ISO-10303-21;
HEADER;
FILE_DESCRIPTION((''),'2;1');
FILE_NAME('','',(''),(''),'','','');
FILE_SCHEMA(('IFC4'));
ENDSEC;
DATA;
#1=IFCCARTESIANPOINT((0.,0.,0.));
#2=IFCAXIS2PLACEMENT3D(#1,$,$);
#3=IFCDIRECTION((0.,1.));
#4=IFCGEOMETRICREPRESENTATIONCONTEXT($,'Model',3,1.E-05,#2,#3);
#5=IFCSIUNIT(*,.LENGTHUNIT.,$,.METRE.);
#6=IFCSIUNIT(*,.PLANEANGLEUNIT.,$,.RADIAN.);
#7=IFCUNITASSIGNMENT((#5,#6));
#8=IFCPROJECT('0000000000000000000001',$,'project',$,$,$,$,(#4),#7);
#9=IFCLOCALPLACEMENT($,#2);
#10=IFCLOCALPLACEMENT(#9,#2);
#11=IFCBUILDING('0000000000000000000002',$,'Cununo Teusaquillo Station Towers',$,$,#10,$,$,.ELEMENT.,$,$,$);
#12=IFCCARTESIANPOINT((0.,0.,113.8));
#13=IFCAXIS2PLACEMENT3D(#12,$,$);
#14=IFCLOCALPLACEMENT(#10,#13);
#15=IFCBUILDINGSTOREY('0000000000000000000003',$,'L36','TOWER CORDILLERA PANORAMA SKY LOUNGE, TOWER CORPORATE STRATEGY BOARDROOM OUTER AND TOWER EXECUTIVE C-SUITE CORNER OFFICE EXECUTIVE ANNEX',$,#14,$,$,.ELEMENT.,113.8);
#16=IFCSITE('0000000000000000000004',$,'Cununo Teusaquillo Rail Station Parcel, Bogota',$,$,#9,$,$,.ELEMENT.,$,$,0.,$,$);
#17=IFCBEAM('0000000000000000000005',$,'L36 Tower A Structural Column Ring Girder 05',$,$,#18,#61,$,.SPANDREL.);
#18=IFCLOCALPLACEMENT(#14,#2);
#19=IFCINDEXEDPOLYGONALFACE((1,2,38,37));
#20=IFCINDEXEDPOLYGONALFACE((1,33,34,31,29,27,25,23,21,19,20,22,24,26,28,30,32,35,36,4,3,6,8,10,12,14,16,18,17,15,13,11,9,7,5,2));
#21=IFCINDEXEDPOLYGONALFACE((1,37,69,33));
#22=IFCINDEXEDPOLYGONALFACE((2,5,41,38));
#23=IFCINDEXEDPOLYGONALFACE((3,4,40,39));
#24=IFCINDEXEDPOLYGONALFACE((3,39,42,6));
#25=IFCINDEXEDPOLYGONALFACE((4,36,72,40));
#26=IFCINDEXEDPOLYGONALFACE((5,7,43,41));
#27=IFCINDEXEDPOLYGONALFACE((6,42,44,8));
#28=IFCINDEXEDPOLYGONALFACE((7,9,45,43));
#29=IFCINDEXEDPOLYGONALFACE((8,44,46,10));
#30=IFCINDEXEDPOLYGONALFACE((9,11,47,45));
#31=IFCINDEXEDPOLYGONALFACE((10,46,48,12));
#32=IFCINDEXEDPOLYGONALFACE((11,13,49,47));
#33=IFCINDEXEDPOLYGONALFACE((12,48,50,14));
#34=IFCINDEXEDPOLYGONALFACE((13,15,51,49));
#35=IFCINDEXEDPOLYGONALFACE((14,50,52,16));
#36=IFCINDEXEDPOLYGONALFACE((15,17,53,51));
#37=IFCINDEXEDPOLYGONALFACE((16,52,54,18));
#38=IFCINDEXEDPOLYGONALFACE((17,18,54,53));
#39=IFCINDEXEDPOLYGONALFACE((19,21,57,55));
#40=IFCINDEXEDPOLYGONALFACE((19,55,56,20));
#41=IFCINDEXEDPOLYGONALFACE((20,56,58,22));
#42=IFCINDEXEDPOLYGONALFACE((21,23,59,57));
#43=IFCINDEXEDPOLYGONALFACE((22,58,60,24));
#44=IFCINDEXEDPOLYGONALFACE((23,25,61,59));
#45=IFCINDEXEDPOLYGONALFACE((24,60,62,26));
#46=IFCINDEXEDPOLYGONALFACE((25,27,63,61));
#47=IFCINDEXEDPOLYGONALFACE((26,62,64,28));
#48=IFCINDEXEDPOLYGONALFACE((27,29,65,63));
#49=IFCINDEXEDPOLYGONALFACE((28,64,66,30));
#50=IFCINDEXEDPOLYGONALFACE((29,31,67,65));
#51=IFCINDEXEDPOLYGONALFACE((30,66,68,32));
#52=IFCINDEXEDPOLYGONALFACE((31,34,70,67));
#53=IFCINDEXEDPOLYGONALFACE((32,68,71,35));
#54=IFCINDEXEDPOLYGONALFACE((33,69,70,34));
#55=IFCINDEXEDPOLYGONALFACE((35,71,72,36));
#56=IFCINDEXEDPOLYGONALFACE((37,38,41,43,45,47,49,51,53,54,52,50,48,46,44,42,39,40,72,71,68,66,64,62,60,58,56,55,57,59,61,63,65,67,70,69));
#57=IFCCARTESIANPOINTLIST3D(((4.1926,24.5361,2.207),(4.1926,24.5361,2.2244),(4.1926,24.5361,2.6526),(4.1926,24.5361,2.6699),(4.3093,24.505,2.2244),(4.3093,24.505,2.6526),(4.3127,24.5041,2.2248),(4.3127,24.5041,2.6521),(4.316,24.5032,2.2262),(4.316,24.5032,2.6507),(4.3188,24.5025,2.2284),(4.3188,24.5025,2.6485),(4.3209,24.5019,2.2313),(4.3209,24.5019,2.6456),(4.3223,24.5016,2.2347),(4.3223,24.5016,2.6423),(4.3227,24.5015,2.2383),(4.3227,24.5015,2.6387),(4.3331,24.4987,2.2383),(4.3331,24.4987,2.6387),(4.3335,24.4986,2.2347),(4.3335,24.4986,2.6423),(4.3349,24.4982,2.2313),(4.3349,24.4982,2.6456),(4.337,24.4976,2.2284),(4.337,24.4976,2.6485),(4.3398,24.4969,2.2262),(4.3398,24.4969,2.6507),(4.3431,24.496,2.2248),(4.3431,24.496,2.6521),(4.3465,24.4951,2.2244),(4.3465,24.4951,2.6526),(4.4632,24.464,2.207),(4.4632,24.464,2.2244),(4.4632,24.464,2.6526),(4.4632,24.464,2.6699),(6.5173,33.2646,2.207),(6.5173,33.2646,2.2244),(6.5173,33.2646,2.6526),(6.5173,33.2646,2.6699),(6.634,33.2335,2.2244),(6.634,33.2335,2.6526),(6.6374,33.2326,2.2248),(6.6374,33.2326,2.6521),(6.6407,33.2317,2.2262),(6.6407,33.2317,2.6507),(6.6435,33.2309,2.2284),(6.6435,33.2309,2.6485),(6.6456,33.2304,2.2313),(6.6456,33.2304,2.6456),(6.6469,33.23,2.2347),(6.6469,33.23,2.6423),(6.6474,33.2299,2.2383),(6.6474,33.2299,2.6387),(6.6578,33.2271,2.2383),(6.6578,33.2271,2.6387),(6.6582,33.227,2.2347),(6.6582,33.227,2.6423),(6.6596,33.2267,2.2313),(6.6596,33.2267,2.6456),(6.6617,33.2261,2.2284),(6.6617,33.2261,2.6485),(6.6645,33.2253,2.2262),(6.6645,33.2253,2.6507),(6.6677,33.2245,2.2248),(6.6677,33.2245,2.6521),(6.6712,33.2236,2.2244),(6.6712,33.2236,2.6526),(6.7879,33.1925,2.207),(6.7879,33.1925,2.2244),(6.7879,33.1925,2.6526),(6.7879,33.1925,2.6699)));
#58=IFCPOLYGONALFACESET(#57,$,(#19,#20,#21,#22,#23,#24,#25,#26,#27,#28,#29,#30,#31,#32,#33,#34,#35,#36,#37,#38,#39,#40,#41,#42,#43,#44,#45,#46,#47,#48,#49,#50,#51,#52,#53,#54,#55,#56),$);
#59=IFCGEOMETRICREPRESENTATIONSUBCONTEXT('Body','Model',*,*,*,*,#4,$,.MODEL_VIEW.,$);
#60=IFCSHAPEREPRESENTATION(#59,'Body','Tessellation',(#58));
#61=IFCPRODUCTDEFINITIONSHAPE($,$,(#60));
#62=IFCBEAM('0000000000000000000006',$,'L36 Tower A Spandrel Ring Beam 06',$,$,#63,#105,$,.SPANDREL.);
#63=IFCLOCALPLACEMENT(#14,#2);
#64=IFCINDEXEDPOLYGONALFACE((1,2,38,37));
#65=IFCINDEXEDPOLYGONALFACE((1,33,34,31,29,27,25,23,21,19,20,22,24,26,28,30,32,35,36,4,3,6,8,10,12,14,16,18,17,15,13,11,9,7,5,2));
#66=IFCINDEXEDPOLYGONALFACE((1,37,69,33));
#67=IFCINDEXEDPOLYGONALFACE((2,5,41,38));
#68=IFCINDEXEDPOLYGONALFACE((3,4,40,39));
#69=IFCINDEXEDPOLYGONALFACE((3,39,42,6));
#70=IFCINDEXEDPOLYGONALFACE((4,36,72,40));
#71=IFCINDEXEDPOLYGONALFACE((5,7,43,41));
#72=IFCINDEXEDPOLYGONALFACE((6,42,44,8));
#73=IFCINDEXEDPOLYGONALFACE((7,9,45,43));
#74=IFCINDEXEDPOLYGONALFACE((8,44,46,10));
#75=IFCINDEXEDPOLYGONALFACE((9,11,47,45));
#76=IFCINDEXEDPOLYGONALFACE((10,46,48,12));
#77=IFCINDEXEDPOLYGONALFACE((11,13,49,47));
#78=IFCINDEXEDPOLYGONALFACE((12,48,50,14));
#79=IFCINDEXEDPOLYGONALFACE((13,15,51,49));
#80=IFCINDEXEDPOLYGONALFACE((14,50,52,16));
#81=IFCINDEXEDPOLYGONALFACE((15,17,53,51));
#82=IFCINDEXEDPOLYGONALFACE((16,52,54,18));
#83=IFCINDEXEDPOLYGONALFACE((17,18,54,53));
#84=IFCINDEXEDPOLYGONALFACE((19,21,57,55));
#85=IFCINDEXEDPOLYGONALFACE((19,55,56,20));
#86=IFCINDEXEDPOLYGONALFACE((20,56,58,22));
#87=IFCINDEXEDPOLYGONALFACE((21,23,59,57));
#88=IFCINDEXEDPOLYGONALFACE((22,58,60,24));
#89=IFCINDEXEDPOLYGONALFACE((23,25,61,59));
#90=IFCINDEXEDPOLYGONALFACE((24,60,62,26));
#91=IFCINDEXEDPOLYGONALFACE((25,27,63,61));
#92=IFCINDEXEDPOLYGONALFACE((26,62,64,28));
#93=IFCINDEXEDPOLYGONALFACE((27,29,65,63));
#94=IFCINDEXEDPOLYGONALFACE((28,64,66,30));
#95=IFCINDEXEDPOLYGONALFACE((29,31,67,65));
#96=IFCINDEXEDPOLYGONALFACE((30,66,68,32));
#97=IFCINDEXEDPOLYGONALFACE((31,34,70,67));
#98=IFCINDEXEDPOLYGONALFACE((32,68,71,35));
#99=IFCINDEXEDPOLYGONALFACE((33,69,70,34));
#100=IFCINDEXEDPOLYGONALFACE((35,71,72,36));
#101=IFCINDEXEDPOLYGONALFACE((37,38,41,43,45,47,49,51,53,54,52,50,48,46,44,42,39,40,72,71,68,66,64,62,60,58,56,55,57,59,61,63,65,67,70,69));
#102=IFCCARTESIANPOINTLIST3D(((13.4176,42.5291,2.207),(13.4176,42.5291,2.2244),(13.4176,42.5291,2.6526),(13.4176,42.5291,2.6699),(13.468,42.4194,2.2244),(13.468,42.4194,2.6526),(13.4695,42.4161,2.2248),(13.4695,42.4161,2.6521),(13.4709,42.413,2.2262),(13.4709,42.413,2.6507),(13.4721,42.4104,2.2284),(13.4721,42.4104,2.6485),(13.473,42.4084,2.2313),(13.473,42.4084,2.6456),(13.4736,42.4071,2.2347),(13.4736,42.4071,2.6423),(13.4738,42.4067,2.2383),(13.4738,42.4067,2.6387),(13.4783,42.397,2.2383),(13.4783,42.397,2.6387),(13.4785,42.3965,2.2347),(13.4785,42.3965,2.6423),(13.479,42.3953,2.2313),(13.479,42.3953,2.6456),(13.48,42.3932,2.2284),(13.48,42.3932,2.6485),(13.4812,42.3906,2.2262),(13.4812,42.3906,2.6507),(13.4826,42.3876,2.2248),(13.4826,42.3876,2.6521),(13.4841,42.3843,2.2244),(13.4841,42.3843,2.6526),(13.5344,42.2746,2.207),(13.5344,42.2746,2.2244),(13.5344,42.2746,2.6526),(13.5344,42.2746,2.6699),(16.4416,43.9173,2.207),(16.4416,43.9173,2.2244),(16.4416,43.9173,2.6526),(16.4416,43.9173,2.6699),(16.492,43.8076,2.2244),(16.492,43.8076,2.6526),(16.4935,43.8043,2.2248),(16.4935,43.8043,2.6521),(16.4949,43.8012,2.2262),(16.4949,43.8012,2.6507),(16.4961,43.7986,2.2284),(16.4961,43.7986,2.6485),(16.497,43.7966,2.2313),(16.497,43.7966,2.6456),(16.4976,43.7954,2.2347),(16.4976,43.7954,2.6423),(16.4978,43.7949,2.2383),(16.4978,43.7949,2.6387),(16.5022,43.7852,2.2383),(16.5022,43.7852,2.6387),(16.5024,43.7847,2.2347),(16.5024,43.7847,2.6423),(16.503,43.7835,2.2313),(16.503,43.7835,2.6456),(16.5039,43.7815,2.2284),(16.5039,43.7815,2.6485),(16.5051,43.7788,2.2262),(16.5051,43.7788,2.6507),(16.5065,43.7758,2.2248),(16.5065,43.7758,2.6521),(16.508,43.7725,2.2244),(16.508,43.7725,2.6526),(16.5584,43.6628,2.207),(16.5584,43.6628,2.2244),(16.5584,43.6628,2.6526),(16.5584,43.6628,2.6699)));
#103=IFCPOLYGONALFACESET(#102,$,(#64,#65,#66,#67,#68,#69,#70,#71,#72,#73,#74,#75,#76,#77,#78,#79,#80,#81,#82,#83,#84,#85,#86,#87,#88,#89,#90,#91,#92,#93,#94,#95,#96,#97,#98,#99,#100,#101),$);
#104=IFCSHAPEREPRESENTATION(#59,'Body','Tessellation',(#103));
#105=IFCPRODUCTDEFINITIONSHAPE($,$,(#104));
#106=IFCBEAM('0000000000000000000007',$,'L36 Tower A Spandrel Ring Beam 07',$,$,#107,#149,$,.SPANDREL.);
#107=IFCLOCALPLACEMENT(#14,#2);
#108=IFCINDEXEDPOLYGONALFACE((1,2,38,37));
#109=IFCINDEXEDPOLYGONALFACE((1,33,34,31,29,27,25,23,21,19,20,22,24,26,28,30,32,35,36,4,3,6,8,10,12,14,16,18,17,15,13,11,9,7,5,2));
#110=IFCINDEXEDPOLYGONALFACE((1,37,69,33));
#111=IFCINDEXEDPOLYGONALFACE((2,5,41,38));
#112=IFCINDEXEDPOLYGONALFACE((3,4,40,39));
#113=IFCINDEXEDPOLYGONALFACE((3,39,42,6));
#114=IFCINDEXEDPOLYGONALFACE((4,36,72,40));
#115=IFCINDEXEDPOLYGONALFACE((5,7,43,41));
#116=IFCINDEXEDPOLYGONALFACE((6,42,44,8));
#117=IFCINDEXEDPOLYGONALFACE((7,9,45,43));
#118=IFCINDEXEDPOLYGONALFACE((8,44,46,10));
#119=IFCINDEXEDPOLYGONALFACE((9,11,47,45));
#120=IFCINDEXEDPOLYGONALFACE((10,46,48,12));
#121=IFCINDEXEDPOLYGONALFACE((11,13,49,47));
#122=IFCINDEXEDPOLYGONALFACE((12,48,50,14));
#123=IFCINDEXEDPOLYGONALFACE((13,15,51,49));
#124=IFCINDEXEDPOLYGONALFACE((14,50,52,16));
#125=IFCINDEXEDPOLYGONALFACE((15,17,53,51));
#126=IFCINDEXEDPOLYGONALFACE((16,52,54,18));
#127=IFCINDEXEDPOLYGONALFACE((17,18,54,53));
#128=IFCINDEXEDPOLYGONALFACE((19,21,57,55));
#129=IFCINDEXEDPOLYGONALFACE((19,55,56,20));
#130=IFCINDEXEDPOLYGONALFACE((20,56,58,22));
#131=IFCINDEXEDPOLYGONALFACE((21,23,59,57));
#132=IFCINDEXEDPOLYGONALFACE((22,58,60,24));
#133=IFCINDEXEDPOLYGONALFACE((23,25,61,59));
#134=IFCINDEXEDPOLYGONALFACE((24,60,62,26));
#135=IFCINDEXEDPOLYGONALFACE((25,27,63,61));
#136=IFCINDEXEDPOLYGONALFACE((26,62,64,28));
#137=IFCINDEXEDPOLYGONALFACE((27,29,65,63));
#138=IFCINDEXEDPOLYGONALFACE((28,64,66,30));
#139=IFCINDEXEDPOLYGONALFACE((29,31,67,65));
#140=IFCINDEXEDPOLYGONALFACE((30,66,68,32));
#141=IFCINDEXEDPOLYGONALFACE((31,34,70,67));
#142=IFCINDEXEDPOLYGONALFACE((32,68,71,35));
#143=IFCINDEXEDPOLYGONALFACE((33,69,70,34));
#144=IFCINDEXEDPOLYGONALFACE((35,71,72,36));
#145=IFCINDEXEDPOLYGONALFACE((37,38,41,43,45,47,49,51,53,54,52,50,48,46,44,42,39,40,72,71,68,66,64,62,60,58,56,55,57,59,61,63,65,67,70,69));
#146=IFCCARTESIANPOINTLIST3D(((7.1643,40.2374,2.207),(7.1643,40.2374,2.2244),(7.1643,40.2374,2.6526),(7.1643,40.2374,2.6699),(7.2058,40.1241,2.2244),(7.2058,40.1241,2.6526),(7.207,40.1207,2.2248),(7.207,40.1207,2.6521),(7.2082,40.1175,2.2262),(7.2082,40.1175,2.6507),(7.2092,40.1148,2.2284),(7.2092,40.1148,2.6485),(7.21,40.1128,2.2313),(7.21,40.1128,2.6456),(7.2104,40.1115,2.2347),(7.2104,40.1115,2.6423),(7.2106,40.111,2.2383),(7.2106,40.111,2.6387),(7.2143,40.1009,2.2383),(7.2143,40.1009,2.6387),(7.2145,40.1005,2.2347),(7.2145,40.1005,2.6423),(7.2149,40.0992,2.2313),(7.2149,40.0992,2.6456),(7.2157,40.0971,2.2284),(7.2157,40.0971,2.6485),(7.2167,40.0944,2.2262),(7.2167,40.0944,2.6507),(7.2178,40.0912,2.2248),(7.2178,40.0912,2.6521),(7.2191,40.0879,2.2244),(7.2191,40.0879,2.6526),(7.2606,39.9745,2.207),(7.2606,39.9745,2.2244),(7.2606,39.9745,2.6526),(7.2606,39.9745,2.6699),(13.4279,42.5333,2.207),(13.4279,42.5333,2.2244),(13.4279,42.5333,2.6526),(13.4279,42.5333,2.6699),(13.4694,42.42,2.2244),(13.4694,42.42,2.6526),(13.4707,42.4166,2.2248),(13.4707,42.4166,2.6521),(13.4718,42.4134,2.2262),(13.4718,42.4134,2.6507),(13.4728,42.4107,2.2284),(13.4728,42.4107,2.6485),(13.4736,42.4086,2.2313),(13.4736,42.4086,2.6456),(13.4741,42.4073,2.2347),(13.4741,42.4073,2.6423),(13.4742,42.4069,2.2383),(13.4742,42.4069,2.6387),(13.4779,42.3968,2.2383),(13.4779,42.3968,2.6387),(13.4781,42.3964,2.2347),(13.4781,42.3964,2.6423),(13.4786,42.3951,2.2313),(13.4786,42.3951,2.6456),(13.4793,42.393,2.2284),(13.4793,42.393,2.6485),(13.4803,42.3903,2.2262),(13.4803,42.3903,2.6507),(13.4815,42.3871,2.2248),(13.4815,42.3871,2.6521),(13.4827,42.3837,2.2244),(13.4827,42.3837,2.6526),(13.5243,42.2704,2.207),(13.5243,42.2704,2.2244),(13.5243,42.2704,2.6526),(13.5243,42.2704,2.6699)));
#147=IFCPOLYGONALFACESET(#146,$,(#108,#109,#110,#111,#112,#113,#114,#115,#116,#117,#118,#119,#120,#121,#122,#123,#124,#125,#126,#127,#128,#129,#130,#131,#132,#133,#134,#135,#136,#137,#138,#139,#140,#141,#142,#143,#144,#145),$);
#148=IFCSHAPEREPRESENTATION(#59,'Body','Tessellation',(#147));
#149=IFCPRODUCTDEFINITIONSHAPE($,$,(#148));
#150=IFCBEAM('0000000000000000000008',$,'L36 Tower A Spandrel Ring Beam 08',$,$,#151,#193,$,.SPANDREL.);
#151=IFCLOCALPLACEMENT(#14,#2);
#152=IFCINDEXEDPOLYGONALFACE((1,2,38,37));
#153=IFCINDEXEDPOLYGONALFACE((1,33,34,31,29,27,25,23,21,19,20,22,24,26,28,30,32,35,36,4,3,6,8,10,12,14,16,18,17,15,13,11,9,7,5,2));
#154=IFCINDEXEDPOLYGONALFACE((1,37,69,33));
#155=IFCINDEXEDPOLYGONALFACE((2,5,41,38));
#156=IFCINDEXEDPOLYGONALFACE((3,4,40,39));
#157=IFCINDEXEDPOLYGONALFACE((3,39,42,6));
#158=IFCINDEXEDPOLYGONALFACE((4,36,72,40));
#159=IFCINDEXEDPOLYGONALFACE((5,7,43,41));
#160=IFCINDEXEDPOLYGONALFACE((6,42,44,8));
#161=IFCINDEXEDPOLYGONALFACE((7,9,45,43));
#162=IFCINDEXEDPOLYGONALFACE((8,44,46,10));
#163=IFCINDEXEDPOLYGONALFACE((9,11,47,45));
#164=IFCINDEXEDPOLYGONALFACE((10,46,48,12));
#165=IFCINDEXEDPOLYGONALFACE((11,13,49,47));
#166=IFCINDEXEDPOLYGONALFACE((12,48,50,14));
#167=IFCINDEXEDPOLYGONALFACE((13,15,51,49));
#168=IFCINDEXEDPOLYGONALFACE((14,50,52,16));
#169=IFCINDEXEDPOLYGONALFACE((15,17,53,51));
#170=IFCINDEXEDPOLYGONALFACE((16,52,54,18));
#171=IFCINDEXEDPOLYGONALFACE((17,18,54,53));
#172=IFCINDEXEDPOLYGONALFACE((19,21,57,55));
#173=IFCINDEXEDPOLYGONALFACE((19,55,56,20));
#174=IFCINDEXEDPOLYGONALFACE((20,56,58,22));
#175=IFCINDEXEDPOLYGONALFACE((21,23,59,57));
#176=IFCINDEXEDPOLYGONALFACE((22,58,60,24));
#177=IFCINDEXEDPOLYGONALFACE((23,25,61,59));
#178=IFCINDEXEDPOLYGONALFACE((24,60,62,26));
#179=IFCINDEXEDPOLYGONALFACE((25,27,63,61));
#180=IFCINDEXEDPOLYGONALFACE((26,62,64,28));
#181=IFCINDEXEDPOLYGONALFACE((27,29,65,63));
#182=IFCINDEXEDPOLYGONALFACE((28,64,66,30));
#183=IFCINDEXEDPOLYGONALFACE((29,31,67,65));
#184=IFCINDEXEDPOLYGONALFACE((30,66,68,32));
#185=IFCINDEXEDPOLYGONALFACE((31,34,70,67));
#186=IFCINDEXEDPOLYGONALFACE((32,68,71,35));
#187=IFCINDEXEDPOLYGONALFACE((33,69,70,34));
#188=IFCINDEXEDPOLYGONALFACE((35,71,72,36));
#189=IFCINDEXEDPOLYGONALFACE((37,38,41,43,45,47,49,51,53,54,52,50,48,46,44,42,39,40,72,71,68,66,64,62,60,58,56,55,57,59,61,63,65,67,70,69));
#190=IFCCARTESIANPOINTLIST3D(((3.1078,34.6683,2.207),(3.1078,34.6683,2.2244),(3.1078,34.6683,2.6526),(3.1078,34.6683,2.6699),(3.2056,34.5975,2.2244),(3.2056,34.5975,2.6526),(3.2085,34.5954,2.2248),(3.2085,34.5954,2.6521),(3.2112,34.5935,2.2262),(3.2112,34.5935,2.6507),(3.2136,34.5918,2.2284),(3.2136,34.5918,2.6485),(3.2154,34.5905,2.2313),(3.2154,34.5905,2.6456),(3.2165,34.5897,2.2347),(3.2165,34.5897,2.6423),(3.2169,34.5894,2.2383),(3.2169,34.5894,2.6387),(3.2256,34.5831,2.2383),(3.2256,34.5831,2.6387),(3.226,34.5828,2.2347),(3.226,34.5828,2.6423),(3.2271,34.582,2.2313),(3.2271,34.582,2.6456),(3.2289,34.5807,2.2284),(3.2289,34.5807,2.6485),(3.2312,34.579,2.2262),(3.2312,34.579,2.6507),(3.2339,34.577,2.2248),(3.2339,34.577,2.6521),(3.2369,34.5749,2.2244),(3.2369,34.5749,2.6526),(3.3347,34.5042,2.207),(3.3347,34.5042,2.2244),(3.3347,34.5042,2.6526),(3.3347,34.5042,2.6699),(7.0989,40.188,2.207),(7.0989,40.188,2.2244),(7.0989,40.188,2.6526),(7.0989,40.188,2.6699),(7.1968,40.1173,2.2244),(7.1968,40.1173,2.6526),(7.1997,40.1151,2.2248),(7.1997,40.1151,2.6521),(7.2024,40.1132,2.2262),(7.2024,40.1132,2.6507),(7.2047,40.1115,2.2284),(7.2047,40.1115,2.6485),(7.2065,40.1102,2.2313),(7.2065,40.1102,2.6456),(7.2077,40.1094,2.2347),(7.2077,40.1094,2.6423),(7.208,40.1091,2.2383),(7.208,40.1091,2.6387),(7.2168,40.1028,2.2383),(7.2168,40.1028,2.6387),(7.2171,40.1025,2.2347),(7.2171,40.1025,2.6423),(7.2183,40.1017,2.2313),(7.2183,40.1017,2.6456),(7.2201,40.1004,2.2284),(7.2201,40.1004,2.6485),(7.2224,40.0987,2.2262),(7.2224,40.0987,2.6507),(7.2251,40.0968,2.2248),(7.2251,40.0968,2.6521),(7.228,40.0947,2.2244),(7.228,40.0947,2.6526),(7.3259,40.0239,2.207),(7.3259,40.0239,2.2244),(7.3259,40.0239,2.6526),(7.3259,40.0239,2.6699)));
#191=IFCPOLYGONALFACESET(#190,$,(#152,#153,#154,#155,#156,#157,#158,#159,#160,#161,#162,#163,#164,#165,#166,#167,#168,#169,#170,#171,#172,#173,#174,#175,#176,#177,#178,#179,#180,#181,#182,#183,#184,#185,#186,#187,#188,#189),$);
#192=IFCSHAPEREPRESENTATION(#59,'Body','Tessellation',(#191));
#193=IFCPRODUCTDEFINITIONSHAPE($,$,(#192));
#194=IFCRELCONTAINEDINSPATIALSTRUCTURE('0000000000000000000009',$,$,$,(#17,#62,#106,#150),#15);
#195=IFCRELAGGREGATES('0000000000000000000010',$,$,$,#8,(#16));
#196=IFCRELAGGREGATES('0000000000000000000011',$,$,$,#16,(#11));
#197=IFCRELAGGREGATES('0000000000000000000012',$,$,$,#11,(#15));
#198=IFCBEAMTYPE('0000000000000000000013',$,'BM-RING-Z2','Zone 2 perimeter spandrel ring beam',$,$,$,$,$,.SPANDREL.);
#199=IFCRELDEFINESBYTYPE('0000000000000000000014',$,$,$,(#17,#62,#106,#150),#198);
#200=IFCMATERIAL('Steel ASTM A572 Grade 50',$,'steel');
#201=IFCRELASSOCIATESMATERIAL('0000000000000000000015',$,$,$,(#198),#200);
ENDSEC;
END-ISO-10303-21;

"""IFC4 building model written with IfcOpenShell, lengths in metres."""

from ifc_helpers import new_model, si_unit, direction, frame, origin, origin_2d, place, context, subcontext, project, spatial, i_section, extrude, material, material_profile, profile_set, type_object, element, save


model = new_model("IFC4")

# Units and contexts
model_context = context("Model", 3, precision=1e-05, world=origin(), true_north=direction((0.0, 1.0)))
body_context = subcontext(model_context, "Body", "Model", "MODEL_VIEW")
ifc_project = project(units=[si_unit("LENGTHUNIT", "METRE"), si_unit("PLANEANGLEUNIT", "RADIAN")], contexts=[model_context])

# Site, building, storey
site_placement = place(None, origin())
site = spatial("IfcSite", under=ifc_project, at=site_placement, Name="Cununo Teusaquillo Rail Station Parcel, Bogota", CompositionType="ELEMENT", RefElevation=0.0)
building_placement = place(site_placement, origin())
building = spatial("IfcBuilding", under=site, at=building_placement, Name="Cununo Teusaquillo Station Towers", CompositionType="ELEMENT")
storey_placement = place(building_placement, frame((0.0, 0.0, 113.8)))
storey = spatial("IfcBuildingStorey", under=building, at=storey_placement, Name="L36", Description="TOWER CORDILLERA PANORAMA SKY LOUNGE, TOWER CORPORATE STRATEGY BOARDROOM OUTER AND TOWER EXECUTIVE C-SUITE CORNER OFFICE EXECUTIVE ANNEX", CompositionType="ELEMENT", Elevation=113.8)

# Beams
ifc_material_1 = material(Name="Steel ASTM A572 Grade 50", Category="steel")
ifc_material_profile_1 = material_profile(ifc_material_1, i_section(OverallWidth=0.28, OverallDepth=0.4629, WebThickness=0.0107, FlangeThickness=0.0173, FilletRadius=0.0139, at=origin_2d()), Name="W18X76")
ifc_profile_set_1 = profile_set([ifc_material_profile_1], Name="Steel ASTM A572 Grade 50")
beam_type_1 = type_object("IfcBeamType", Name="BM-RING-Z2", Description="Zone 2 perimeter spandrel ring beam", PredefinedType="SPANDREL", material=ifc_profile_set_1)
beam_1_placement = place(storey_placement, frame((6.6526, 33.2285, 2.4385), z_axis=(-0.257363, -0.966315, 0.0), x_axis=(0.966315, -0.257363, 0.0)))
element("IfcBeam", 1, at=beam_1_placement, inside=storey, type_object=beam_type_1, Name="L36 Tower A Structural Column Ring Girder 05", PredefinedType="SPANDREL", context=body_context, shape_type="SweptSolid", body=[
    extrude(i_section(OverallWidth=0.28, OverallDepth=0.4629, WebThickness=0.0107, FlangeThickness=0.0173, FilletRadius=0.0139, at=origin_2d()), origin(), (0.0, 0.0, 1.0), 9.0327),
])
beam_2_placement = place(storey_placement, frame((16.5, 43.79, 2.4385), z_axis=(-0.908812, -0.417205, 0.0), x_axis=(0.417205, -0.908812, 0.0)))
element("IfcBeam", 2, at=beam_2_placement, inside=storey, type_object=beam_type_1, Name="L36 Tower A Spandrel Ring Beam 06", PredefinedType="SPANDREL", context=body_context, shape_type="SweptSolid", body=[
    extrude(i_section(OverallWidth=0.28, OverallDepth=0.4629, WebThickness=0.0107, FlangeThickness=0.0173, FilletRadius=0.0139, at=origin_2d()), origin(), (0.0, 0.0, 1.0), 3.3274),
])
beam_3_placement = place(storey_placement, frame((13.4761, 42.4019, 2.4385), z_axis=(-0.938914, -0.344151, 0.0), x_axis=(0.344151, -0.938914, 0.0)))
element("IfcBeam", 3, at=beam_3_placement, inside=storey, type_object=beam_type_1, Name="L36 Tower A Spandrel Ring Beam 07", PredefinedType="SPANDREL", context=body_context, shape_type="SweptSolid", body=[
    extrude(i_section(OverallWidth=0.28, OverallDepth=0.4629, WebThickness=0.0107, FlangeThickness=0.0173, FilletRadius=0.0139, at=origin_2d()), origin(), (0.0, 0.0, 1.0), 6.6711),
])
beam_4_placement = place(storey_placement, frame((7.2124, 40.106, 2.4385), z_axis=(-0.585945, -0.810351, 0.0), x_axis=(0.810351, -0.585945, 0.0)))
element("IfcBeam", 4, at=beam_4_placement, inside=storey, type_object=beam_type_1, Name="L36 Tower A Spandrel Ring Beam 08", PredefinedType="SPANDREL", context=body_context, shape_type="SweptSolid", body=[
    extrude(i_section(OverallWidth=0.28, OverallDepth=0.4629, WebThickness=0.0107, FlangeThickness=0.0173, FilletRadius=0.0139, at=origin_2d()), origin(), (0.0, 0.0, 1.0), 6.8115),
])

save(model, "model.ifc")
